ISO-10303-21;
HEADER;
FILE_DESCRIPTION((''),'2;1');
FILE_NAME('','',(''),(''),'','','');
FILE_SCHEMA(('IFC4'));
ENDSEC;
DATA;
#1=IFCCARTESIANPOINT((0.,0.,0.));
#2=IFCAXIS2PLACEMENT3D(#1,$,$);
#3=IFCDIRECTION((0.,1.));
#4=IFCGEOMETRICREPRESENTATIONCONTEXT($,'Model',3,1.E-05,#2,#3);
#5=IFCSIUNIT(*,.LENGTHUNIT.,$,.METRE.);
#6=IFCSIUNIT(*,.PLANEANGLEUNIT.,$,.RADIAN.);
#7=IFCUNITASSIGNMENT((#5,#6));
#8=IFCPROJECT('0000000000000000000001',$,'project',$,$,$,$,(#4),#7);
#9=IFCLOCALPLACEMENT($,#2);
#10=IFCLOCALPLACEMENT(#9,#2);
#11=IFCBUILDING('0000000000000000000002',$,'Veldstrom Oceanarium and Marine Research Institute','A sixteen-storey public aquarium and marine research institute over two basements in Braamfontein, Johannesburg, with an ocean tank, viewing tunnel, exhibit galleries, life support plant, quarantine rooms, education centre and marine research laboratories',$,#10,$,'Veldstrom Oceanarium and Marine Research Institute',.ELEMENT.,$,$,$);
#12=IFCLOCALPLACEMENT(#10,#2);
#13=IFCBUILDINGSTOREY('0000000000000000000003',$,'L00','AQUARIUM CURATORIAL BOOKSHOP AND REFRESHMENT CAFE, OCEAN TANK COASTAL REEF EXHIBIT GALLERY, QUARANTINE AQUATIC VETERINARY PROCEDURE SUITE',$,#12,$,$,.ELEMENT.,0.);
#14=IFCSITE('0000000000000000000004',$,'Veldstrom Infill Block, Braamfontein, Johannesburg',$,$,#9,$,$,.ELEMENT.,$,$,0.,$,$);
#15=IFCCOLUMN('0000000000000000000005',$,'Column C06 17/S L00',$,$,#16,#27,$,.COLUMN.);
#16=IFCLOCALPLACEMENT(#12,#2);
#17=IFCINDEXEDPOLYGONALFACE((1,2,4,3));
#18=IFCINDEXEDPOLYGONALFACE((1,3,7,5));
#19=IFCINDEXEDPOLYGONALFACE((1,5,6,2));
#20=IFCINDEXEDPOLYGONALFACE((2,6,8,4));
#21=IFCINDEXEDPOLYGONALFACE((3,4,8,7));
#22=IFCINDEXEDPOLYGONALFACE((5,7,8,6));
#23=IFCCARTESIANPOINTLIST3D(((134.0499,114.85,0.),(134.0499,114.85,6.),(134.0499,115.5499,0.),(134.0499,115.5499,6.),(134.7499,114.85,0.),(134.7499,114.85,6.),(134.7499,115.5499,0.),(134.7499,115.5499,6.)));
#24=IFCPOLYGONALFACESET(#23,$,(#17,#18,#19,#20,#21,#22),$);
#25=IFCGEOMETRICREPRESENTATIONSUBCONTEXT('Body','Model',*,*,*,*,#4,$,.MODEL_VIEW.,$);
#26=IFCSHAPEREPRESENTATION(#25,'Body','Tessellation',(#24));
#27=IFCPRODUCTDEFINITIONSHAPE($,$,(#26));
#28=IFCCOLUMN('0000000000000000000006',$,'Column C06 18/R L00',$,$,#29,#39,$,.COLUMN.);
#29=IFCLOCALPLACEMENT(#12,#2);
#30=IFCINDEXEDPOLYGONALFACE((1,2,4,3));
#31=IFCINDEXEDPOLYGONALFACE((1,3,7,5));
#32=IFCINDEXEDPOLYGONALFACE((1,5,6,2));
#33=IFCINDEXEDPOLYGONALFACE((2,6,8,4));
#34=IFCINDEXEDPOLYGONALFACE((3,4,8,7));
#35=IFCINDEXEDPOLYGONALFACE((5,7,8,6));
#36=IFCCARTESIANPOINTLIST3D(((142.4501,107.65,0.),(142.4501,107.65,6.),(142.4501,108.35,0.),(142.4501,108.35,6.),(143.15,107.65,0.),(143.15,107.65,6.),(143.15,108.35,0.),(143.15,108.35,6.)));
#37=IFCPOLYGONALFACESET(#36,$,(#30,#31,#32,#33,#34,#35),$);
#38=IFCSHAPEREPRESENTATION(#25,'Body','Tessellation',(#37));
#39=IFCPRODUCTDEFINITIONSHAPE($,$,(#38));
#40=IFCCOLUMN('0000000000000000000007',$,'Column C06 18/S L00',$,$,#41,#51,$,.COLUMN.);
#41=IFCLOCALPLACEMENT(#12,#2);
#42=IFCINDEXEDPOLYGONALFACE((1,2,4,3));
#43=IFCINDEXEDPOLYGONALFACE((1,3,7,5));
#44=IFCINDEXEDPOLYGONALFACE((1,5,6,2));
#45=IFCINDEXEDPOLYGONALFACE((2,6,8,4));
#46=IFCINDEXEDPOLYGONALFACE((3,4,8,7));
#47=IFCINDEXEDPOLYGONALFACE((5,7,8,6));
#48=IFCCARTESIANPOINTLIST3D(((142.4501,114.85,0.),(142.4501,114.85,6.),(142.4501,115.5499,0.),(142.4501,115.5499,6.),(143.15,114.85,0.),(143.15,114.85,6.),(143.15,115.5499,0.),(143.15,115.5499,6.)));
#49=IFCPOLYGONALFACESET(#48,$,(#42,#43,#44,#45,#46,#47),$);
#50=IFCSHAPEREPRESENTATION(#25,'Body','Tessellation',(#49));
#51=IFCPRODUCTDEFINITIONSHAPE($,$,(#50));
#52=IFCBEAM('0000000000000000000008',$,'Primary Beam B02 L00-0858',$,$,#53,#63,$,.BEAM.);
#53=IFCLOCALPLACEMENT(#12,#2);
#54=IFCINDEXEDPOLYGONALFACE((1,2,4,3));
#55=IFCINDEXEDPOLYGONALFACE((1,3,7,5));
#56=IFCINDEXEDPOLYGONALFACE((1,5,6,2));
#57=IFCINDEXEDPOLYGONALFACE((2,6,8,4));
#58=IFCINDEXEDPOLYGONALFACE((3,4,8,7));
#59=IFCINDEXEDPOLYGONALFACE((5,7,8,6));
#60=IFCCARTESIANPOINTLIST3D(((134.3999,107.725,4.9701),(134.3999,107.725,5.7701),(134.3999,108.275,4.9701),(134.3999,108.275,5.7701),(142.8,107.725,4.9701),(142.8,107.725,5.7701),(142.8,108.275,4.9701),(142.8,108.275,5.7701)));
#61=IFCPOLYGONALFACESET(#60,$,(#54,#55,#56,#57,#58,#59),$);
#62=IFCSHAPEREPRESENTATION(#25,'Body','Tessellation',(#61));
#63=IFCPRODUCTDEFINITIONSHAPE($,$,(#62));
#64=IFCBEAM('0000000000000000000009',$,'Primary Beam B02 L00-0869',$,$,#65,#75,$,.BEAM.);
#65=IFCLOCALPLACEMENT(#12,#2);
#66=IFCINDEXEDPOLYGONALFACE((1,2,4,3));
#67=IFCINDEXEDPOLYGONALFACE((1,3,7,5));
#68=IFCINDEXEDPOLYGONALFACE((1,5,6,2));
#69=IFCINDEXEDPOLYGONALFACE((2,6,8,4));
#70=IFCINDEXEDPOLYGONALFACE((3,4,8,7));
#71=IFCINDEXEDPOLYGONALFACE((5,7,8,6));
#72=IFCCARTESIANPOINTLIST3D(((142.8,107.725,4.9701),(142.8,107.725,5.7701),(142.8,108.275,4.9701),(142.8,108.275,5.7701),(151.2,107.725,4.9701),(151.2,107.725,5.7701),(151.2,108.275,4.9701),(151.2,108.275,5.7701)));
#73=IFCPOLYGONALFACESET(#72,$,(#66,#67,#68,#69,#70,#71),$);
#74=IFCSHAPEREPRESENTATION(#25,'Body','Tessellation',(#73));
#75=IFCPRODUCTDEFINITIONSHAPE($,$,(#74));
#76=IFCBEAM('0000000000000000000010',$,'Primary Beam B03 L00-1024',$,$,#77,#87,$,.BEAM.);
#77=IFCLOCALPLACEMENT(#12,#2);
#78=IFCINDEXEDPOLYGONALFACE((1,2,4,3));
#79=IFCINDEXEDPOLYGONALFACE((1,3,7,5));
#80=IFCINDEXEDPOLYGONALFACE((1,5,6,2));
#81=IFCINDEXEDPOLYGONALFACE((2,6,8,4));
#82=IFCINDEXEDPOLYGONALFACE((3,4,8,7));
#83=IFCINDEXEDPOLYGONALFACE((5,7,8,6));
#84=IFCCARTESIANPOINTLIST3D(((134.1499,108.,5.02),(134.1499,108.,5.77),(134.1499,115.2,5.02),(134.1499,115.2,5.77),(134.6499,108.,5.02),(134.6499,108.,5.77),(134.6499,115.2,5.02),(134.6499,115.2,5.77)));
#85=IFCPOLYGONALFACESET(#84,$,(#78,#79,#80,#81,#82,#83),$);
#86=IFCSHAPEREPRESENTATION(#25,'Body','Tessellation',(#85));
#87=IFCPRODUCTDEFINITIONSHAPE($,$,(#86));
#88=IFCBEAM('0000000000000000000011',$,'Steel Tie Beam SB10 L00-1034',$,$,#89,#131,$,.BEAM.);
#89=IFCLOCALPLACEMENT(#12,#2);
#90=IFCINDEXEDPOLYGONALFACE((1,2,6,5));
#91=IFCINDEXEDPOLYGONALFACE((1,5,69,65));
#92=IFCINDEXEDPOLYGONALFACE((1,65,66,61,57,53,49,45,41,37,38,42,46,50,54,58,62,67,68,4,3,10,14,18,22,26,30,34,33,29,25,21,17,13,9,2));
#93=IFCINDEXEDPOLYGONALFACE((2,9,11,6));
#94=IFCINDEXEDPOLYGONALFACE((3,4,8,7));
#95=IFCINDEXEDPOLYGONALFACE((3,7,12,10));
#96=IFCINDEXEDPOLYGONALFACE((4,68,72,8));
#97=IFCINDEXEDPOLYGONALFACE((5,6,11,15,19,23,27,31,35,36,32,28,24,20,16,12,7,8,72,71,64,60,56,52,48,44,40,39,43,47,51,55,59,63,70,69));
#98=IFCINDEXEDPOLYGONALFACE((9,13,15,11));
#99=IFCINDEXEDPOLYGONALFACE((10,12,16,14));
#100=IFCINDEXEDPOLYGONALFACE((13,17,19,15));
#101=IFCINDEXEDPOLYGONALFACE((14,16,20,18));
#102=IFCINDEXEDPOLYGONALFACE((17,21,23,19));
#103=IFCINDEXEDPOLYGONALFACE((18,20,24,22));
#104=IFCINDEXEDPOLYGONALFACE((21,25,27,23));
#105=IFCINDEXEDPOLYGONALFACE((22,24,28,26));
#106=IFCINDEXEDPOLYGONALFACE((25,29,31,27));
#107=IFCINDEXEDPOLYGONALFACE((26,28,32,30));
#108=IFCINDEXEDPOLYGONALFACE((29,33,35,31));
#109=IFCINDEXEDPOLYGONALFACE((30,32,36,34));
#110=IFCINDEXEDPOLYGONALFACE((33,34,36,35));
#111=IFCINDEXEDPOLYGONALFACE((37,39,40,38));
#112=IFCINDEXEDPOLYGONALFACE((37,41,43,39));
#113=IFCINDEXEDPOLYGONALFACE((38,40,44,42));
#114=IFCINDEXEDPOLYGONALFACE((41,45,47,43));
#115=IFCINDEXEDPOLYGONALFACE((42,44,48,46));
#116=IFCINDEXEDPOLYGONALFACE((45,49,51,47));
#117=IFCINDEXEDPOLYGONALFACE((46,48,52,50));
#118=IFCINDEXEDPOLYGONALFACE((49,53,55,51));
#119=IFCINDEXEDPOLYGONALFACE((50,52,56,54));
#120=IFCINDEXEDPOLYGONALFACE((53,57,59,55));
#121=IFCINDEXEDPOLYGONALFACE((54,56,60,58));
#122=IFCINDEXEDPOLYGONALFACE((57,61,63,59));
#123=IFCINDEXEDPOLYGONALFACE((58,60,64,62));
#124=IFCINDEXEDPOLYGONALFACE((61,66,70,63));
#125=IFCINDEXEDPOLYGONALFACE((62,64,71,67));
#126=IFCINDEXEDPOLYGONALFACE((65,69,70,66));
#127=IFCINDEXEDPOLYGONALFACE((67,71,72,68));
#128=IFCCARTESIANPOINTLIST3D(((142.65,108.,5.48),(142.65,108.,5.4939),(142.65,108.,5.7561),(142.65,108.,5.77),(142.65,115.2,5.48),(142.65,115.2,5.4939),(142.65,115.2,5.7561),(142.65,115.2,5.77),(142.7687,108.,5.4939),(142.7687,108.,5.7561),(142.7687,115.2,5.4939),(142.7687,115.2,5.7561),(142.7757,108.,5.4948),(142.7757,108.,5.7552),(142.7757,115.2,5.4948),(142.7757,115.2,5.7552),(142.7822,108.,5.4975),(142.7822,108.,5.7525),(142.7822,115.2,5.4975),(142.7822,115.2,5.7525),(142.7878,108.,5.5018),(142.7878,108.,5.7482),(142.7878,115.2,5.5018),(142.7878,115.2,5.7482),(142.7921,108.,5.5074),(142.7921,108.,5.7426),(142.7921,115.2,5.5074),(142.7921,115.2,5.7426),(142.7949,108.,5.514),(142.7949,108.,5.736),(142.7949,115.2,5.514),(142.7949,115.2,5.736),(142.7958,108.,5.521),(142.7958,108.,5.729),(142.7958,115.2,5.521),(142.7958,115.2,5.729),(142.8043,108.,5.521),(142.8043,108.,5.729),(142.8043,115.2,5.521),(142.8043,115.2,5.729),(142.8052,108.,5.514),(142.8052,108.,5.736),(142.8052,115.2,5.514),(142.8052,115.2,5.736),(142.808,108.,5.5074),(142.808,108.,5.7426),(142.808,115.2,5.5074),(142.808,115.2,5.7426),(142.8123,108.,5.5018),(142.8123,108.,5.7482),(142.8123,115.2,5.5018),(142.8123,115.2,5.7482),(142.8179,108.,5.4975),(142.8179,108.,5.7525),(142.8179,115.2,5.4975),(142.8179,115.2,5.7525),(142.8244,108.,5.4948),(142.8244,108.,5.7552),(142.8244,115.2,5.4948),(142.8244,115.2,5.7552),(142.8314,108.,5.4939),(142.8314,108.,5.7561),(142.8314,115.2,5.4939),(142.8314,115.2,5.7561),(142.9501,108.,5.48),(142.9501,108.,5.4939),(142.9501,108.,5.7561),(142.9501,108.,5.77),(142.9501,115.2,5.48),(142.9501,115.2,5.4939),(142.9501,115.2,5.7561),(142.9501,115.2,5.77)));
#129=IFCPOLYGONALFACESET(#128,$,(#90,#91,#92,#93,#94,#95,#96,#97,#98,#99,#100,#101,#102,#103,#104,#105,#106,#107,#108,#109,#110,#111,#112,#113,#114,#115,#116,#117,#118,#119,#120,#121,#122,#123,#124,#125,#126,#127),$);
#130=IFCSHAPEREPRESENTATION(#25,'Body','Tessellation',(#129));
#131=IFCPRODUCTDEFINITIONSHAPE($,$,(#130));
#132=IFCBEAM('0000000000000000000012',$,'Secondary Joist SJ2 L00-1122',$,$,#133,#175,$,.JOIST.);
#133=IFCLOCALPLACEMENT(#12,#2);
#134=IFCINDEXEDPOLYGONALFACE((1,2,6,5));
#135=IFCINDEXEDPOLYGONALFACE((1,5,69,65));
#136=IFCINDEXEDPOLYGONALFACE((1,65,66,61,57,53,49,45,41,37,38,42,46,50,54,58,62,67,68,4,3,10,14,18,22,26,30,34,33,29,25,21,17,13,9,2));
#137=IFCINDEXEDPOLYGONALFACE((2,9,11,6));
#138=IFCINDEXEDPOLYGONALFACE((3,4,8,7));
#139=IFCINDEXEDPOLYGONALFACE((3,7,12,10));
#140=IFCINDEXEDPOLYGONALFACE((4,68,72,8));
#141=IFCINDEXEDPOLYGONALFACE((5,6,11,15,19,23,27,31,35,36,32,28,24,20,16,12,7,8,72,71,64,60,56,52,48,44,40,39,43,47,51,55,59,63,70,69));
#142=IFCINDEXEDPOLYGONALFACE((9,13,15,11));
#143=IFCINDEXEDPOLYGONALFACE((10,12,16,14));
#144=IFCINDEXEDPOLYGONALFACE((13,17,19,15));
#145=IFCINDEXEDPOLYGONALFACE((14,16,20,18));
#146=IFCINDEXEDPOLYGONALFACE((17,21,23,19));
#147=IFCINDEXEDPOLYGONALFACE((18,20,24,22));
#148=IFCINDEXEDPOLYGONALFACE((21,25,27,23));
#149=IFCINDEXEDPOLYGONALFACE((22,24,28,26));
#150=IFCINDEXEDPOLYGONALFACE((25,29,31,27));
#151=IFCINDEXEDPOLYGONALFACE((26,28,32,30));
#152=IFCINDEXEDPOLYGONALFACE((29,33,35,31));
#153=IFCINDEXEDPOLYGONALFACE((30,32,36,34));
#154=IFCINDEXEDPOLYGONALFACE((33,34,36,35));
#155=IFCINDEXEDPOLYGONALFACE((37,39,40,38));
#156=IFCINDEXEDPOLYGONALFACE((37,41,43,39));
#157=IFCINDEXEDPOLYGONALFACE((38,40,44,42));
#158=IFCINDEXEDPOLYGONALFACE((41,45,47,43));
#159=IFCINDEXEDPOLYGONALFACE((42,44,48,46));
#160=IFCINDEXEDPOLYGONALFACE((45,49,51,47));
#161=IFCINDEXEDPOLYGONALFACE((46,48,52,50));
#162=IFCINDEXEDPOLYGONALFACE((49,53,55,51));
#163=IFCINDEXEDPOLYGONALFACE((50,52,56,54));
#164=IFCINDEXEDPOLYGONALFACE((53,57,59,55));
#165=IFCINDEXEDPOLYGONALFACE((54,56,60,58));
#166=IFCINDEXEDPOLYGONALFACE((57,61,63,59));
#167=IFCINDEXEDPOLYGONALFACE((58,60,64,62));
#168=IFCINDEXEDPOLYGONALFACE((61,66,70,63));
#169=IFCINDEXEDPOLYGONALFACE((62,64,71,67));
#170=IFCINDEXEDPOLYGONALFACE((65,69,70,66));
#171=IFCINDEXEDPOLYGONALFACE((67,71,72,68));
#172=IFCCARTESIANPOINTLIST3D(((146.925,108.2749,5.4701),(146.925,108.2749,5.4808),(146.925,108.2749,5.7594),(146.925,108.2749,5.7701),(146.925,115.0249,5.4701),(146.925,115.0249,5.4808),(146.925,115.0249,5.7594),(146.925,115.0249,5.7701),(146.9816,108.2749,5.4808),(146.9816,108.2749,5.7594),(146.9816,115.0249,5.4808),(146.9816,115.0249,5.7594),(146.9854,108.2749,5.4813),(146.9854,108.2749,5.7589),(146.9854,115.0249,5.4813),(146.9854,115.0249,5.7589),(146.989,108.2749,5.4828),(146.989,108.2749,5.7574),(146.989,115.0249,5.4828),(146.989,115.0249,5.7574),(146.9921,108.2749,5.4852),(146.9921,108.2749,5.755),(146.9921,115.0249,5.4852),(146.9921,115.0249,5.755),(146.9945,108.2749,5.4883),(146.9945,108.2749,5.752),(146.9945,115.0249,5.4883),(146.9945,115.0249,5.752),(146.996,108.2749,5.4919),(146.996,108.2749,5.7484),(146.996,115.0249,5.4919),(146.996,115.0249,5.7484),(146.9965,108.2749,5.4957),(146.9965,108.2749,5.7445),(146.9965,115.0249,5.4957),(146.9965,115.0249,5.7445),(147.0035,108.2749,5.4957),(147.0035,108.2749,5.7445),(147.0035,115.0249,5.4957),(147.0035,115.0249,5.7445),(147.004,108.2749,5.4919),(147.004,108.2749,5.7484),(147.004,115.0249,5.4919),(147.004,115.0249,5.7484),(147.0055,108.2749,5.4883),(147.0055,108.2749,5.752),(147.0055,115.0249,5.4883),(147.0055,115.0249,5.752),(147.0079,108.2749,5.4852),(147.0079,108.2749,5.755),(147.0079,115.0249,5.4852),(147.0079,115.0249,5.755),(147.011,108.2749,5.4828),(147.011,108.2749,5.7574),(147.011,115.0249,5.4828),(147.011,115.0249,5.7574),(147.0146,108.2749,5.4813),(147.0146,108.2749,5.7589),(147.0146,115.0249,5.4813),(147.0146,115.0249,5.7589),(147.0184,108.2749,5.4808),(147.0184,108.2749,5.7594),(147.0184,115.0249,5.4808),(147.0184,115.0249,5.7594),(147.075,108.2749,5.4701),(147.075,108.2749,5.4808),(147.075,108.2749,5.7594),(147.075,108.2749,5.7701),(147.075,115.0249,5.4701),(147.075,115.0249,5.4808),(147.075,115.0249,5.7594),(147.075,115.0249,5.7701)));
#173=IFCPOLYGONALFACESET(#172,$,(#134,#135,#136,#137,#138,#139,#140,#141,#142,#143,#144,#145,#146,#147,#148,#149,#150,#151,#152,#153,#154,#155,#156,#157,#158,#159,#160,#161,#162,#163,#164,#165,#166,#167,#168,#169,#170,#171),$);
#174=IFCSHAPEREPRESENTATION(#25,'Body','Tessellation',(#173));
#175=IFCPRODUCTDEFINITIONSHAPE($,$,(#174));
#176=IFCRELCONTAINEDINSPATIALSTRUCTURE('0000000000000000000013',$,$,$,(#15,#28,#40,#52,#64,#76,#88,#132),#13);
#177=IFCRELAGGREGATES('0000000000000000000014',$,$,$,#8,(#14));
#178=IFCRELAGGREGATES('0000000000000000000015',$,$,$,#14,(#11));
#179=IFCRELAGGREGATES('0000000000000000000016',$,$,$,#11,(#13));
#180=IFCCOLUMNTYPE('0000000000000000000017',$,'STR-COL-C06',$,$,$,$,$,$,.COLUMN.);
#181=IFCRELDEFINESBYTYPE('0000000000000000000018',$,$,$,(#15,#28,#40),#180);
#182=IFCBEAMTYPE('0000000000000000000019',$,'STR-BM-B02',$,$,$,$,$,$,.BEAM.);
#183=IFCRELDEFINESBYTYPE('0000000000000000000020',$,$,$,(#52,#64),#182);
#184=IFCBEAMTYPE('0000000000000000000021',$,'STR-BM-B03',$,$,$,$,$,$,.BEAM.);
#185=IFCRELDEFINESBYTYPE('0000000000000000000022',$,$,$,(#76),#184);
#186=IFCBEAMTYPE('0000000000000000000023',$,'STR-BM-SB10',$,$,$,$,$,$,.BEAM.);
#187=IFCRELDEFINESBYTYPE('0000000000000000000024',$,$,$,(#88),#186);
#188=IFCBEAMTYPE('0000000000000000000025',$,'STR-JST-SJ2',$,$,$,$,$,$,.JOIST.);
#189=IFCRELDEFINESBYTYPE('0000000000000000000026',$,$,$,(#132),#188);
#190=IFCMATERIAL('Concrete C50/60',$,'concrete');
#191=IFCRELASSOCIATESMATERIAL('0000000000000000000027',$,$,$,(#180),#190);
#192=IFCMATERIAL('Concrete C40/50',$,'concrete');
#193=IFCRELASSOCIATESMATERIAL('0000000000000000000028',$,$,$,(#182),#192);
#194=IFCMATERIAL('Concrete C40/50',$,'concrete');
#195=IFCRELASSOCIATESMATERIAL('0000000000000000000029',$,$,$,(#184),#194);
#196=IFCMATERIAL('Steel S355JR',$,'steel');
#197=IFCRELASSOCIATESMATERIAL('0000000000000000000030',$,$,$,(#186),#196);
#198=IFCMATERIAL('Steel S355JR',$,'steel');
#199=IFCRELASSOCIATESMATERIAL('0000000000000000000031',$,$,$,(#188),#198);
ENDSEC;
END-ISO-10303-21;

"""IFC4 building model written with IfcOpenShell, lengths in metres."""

from ifc_helpers import new_model, si_unit, direction, frame, origin, origin_2d, place, context, subcontext, project, spatial, rectangle, i_section, extrude, material, material_profile, profile_set, type_object, element, save


model = new_model("IFC4")

# Units and contexts
model_context = context("Model", 3, precision=1e-05, world=origin(), true_north=direction((0.0, 1.0)))
body_context = subcontext(model_context, "Body", "Model", "MODEL_VIEW")
ifc_project = project(units=[si_unit("LENGTHUNIT", "METRE"), si_unit("PLANEANGLEUNIT", "RADIAN")], contexts=[model_context])

# Site, building, storey
site_placement = place(None, origin())
site = spatial("IfcSite", under=ifc_project, at=site_placement, Name="Veldstrom Infill Block, Braamfontein, Johannesburg", CompositionType="ELEMENT", RefElevation=0.0)
building_placement = place(site_placement, origin())
building = spatial("IfcBuilding", under=site, at=building_placement, Name="Veldstrom Oceanarium and Marine Research Institute", Description="A sixteen-storey public aquarium and marine research institute over two basements in Braamfontein, Johannesburg, with an ocean tank, viewing tunnel, exhibit galleries, life support plant, quarantine rooms, education centre and marine research laboratories", LongName="Veldstrom Oceanarium and Marine Research Institute", CompositionType="ELEMENT")
storey_placement = place(building_placement, origin())
storey = spatial("IfcBuildingStorey", under=building, at=storey_placement, Name="L00", Description="AQUARIUM CURATORIAL BOOKSHOP AND REFRESHMENT CAFE, OCEAN TANK COASTAL REEF EXHIBIT GALLERY, QUARANTINE AQUATIC VETERINARY PROCEDURE SUITE", CompositionType="ELEMENT", Elevation=0.0)

# Columns
ifc_material_1 = material(Name="Concrete C50/60", Category="concrete")
ifc_material_profile_1 = material_profile(ifc_material_1, rectangle(XDim=0.7, YDim=0.7, at=origin_2d()), Name="RC-COL-700x700")
ifc_profile_set_1 = profile_set([ifc_material_profile_1], Name="Concrete C50/60")
column_type = type_object("IfcColumnType", Name="STR-COL-C06", PredefinedType="COLUMN", material=ifc_profile_set_1)
for number, where, z_axis, x_axis, name in (
    (1, (134.3999, 115.2, 0.0), (0.0, 0.0, 1.0), (1.0, 0.0, 0.0), "Column C06 17/S L00"),
    (2, (142.8, 108.0, 0.0), (0.0, 0.0, 1.0), (1.0, 0.0, 0.0), "Column C06 18/R L00"),
    (3, (142.8, 115.2, 0.0), (0.0, 0.0, 1.0), (1.0, 0.0, 0.0), "Column C06 18/S L00"),
):
    element("IfcColumn", number, at=place(storey_placement, frame(where, z_axis=z_axis, x_axis=x_axis)), inside=storey, type_object=column_type, Name=name, PredefinedType="COLUMN", context=body_context, shape_type="SweptSolid", body=[
        extrude(rectangle(XDim=0.7, YDim=0.7, at=origin_2d()), origin(), (0.0, 0.0, 1.0), 6.0),
    ])

# Beams
ifc_material_2 = material(Name="Concrete C40/50", Category="concrete")
ifc_material_profile_2 = material_profile(ifc_material_2, rectangle(XDim=0.55, YDim=0.8, at=origin_2d()), Name="RC-BM-550x800")
ifc_profile_set_2 = profile_set([ifc_material_profile_2], Name="Concrete C40/50")
beam_type_1 = type_object("IfcBeamType", Name="STR-BM-B02", PredefinedType="BEAM", material=ifc_profile_set_2)
beam_1_placement = place(storey_placement, frame((134.3999, 108.0, 5.3701), z_axis=(1.0, 0.0, 0.0), x_axis=(0.0, 1.0, 0.0)))
element("IfcBeam", 4, at=beam_1_placement, inside=storey, type_object=beam_type_1, Name="Primary Beam B02 L00-0858", PredefinedType="BEAM", context=body_context, shape_type="SweptSolid", body=[
    extrude(rectangle(XDim=0.55, YDim=0.8, at=origin_2d()), origin(), (0.0, 0.0, 1.0), 8.4001),
])
beam_2_placement = place(storey_placement, frame((142.8, 108.0, 5.3701), z_axis=(1.0, 0.0, 0.0), x_axis=(0.0, 1.0, 0.0)))
element("IfcBeam", 5, at=beam_2_placement, inside=storey, type_object=beam_type_1, Name="Primary Beam B02 L00-0869", PredefinedType="BEAM", context=body_context, shape_type="SweptSolid", body=[
    extrude(rectangle(XDim=0.55, YDim=0.8, at=origin_2d()), origin(), (0.0, 0.0, 1.0), 8.3999),
])
ifc_material_3 = material(Name="Concrete C40/50", Category="concrete")
ifc_material_profile_3 = material_profile(ifc_material_3, rectangle(XDim=0.5, YDim=0.75, at=origin_2d()), Name="RC-BM-500x750")
ifc_profile_set_3 = profile_set([ifc_material_profile_3], Name="Concrete C40/50")
beam_type_2 = type_object("IfcBeamType", Name="STR-BM-B03", PredefinedType="BEAM", material=ifc_profile_set_3)
beam_3_placement = place(storey_placement, frame((134.3999, 108.0, 5.395), z_axis=(0.0, 1.0, 0.0), x_axis=(-1.0, 0.0, 0.0)))
element("IfcBeam", 6, at=beam_3_placement, inside=storey, type_object=beam_type_2, Name="Primary Beam B03 L00-1024", PredefinedType="BEAM", context=body_context, shape_type="SweptSolid", body=[
    extrude(rectangle(XDim=0.5, YDim=0.75, at=origin_2d()), origin(), (0.0, 0.0, 1.0), 7.2),
])
ifc_material_4 = material(Name="Steel S355JR", Category="steel")
ifc_material_profile_4 = material_profile(ifc_material_4, i_section(OverallWidth=0.3, OverallDepth=0.29, WebThickness=0.0085, FlangeThickness=0.0139, FilletRadius=0.0271, at=origin_2d()), Name="HEA 300")
ifc_profile_set_4 = profile_set([ifc_material_profile_4], Name="Steel S355JR")
beam_type_3 = type_object("IfcBeamType", Name="STR-BM-SB10", PredefinedType="BEAM", material=ifc_profile_set_4)
beam_4_placement = place(storey_placement, frame((142.8, 108.0, 5.625), z_axis=(0.0, 1.0, 0.0), x_axis=(-1.0, 0.0, 0.0)))
element("IfcBeam", 7, at=beam_4_placement, inside=storey, type_object=beam_type_3, Name="Steel Tie Beam SB10 L00-1034", PredefinedType="BEAM", context=body_context, shape_type="SweptSolid", body=[
    extrude(i_section(OverallWidth=0.3, OverallDepth=0.29, WebThickness=0.0085, FlangeThickness=0.0139, FilletRadius=0.0271, at=origin_2d()), origin(), (0.0, 0.0, 1.0), 7.2),
])
ifc_material_5 = material(Name="Steel S355JR", Category="steel")
ifc_material_profile_5 = material_profile(ifc_material_5, i_section(OverallWidth=0.1499, OverallDepth=0.3, WebThickness=0.0071, FlangeThickness=0.0107, FilletRadius=0.0149, at=origin_2d()), Name="IPE 300")
ifc_profile_set_5 = profile_set([ifc_material_profile_5], Name="Steel S355JR")
beam_type_4 = type_object("IfcBeamType", Name="STR-JST-SJ2", PredefinedType="JOIST", material=ifc_profile_set_5)
beam_5_placement = place(storey_placement, frame((147.0, 108.2749, 5.6201), z_axis=(0.0, 1.0, 0.0), x_axis=(-1.0, 0.0, 0.0)))
element("IfcBeam", 8, at=beam_5_placement, inside=storey, type_object=beam_type_4, Name="Secondary Joist SJ2 L00-1122", PredefinedType="JOIST", context=body_context, shape_type="SweptSolid", body=[
    extrude(i_section(OverallWidth=0.1499, OverallDepth=0.3, WebThickness=0.0071, FlangeThickness=0.0107, FilletRadius=0.0149, at=origin_2d()), origin(), (0.0, 0.0, 1.0), 6.75),
])

save(model, "model.ifc")
